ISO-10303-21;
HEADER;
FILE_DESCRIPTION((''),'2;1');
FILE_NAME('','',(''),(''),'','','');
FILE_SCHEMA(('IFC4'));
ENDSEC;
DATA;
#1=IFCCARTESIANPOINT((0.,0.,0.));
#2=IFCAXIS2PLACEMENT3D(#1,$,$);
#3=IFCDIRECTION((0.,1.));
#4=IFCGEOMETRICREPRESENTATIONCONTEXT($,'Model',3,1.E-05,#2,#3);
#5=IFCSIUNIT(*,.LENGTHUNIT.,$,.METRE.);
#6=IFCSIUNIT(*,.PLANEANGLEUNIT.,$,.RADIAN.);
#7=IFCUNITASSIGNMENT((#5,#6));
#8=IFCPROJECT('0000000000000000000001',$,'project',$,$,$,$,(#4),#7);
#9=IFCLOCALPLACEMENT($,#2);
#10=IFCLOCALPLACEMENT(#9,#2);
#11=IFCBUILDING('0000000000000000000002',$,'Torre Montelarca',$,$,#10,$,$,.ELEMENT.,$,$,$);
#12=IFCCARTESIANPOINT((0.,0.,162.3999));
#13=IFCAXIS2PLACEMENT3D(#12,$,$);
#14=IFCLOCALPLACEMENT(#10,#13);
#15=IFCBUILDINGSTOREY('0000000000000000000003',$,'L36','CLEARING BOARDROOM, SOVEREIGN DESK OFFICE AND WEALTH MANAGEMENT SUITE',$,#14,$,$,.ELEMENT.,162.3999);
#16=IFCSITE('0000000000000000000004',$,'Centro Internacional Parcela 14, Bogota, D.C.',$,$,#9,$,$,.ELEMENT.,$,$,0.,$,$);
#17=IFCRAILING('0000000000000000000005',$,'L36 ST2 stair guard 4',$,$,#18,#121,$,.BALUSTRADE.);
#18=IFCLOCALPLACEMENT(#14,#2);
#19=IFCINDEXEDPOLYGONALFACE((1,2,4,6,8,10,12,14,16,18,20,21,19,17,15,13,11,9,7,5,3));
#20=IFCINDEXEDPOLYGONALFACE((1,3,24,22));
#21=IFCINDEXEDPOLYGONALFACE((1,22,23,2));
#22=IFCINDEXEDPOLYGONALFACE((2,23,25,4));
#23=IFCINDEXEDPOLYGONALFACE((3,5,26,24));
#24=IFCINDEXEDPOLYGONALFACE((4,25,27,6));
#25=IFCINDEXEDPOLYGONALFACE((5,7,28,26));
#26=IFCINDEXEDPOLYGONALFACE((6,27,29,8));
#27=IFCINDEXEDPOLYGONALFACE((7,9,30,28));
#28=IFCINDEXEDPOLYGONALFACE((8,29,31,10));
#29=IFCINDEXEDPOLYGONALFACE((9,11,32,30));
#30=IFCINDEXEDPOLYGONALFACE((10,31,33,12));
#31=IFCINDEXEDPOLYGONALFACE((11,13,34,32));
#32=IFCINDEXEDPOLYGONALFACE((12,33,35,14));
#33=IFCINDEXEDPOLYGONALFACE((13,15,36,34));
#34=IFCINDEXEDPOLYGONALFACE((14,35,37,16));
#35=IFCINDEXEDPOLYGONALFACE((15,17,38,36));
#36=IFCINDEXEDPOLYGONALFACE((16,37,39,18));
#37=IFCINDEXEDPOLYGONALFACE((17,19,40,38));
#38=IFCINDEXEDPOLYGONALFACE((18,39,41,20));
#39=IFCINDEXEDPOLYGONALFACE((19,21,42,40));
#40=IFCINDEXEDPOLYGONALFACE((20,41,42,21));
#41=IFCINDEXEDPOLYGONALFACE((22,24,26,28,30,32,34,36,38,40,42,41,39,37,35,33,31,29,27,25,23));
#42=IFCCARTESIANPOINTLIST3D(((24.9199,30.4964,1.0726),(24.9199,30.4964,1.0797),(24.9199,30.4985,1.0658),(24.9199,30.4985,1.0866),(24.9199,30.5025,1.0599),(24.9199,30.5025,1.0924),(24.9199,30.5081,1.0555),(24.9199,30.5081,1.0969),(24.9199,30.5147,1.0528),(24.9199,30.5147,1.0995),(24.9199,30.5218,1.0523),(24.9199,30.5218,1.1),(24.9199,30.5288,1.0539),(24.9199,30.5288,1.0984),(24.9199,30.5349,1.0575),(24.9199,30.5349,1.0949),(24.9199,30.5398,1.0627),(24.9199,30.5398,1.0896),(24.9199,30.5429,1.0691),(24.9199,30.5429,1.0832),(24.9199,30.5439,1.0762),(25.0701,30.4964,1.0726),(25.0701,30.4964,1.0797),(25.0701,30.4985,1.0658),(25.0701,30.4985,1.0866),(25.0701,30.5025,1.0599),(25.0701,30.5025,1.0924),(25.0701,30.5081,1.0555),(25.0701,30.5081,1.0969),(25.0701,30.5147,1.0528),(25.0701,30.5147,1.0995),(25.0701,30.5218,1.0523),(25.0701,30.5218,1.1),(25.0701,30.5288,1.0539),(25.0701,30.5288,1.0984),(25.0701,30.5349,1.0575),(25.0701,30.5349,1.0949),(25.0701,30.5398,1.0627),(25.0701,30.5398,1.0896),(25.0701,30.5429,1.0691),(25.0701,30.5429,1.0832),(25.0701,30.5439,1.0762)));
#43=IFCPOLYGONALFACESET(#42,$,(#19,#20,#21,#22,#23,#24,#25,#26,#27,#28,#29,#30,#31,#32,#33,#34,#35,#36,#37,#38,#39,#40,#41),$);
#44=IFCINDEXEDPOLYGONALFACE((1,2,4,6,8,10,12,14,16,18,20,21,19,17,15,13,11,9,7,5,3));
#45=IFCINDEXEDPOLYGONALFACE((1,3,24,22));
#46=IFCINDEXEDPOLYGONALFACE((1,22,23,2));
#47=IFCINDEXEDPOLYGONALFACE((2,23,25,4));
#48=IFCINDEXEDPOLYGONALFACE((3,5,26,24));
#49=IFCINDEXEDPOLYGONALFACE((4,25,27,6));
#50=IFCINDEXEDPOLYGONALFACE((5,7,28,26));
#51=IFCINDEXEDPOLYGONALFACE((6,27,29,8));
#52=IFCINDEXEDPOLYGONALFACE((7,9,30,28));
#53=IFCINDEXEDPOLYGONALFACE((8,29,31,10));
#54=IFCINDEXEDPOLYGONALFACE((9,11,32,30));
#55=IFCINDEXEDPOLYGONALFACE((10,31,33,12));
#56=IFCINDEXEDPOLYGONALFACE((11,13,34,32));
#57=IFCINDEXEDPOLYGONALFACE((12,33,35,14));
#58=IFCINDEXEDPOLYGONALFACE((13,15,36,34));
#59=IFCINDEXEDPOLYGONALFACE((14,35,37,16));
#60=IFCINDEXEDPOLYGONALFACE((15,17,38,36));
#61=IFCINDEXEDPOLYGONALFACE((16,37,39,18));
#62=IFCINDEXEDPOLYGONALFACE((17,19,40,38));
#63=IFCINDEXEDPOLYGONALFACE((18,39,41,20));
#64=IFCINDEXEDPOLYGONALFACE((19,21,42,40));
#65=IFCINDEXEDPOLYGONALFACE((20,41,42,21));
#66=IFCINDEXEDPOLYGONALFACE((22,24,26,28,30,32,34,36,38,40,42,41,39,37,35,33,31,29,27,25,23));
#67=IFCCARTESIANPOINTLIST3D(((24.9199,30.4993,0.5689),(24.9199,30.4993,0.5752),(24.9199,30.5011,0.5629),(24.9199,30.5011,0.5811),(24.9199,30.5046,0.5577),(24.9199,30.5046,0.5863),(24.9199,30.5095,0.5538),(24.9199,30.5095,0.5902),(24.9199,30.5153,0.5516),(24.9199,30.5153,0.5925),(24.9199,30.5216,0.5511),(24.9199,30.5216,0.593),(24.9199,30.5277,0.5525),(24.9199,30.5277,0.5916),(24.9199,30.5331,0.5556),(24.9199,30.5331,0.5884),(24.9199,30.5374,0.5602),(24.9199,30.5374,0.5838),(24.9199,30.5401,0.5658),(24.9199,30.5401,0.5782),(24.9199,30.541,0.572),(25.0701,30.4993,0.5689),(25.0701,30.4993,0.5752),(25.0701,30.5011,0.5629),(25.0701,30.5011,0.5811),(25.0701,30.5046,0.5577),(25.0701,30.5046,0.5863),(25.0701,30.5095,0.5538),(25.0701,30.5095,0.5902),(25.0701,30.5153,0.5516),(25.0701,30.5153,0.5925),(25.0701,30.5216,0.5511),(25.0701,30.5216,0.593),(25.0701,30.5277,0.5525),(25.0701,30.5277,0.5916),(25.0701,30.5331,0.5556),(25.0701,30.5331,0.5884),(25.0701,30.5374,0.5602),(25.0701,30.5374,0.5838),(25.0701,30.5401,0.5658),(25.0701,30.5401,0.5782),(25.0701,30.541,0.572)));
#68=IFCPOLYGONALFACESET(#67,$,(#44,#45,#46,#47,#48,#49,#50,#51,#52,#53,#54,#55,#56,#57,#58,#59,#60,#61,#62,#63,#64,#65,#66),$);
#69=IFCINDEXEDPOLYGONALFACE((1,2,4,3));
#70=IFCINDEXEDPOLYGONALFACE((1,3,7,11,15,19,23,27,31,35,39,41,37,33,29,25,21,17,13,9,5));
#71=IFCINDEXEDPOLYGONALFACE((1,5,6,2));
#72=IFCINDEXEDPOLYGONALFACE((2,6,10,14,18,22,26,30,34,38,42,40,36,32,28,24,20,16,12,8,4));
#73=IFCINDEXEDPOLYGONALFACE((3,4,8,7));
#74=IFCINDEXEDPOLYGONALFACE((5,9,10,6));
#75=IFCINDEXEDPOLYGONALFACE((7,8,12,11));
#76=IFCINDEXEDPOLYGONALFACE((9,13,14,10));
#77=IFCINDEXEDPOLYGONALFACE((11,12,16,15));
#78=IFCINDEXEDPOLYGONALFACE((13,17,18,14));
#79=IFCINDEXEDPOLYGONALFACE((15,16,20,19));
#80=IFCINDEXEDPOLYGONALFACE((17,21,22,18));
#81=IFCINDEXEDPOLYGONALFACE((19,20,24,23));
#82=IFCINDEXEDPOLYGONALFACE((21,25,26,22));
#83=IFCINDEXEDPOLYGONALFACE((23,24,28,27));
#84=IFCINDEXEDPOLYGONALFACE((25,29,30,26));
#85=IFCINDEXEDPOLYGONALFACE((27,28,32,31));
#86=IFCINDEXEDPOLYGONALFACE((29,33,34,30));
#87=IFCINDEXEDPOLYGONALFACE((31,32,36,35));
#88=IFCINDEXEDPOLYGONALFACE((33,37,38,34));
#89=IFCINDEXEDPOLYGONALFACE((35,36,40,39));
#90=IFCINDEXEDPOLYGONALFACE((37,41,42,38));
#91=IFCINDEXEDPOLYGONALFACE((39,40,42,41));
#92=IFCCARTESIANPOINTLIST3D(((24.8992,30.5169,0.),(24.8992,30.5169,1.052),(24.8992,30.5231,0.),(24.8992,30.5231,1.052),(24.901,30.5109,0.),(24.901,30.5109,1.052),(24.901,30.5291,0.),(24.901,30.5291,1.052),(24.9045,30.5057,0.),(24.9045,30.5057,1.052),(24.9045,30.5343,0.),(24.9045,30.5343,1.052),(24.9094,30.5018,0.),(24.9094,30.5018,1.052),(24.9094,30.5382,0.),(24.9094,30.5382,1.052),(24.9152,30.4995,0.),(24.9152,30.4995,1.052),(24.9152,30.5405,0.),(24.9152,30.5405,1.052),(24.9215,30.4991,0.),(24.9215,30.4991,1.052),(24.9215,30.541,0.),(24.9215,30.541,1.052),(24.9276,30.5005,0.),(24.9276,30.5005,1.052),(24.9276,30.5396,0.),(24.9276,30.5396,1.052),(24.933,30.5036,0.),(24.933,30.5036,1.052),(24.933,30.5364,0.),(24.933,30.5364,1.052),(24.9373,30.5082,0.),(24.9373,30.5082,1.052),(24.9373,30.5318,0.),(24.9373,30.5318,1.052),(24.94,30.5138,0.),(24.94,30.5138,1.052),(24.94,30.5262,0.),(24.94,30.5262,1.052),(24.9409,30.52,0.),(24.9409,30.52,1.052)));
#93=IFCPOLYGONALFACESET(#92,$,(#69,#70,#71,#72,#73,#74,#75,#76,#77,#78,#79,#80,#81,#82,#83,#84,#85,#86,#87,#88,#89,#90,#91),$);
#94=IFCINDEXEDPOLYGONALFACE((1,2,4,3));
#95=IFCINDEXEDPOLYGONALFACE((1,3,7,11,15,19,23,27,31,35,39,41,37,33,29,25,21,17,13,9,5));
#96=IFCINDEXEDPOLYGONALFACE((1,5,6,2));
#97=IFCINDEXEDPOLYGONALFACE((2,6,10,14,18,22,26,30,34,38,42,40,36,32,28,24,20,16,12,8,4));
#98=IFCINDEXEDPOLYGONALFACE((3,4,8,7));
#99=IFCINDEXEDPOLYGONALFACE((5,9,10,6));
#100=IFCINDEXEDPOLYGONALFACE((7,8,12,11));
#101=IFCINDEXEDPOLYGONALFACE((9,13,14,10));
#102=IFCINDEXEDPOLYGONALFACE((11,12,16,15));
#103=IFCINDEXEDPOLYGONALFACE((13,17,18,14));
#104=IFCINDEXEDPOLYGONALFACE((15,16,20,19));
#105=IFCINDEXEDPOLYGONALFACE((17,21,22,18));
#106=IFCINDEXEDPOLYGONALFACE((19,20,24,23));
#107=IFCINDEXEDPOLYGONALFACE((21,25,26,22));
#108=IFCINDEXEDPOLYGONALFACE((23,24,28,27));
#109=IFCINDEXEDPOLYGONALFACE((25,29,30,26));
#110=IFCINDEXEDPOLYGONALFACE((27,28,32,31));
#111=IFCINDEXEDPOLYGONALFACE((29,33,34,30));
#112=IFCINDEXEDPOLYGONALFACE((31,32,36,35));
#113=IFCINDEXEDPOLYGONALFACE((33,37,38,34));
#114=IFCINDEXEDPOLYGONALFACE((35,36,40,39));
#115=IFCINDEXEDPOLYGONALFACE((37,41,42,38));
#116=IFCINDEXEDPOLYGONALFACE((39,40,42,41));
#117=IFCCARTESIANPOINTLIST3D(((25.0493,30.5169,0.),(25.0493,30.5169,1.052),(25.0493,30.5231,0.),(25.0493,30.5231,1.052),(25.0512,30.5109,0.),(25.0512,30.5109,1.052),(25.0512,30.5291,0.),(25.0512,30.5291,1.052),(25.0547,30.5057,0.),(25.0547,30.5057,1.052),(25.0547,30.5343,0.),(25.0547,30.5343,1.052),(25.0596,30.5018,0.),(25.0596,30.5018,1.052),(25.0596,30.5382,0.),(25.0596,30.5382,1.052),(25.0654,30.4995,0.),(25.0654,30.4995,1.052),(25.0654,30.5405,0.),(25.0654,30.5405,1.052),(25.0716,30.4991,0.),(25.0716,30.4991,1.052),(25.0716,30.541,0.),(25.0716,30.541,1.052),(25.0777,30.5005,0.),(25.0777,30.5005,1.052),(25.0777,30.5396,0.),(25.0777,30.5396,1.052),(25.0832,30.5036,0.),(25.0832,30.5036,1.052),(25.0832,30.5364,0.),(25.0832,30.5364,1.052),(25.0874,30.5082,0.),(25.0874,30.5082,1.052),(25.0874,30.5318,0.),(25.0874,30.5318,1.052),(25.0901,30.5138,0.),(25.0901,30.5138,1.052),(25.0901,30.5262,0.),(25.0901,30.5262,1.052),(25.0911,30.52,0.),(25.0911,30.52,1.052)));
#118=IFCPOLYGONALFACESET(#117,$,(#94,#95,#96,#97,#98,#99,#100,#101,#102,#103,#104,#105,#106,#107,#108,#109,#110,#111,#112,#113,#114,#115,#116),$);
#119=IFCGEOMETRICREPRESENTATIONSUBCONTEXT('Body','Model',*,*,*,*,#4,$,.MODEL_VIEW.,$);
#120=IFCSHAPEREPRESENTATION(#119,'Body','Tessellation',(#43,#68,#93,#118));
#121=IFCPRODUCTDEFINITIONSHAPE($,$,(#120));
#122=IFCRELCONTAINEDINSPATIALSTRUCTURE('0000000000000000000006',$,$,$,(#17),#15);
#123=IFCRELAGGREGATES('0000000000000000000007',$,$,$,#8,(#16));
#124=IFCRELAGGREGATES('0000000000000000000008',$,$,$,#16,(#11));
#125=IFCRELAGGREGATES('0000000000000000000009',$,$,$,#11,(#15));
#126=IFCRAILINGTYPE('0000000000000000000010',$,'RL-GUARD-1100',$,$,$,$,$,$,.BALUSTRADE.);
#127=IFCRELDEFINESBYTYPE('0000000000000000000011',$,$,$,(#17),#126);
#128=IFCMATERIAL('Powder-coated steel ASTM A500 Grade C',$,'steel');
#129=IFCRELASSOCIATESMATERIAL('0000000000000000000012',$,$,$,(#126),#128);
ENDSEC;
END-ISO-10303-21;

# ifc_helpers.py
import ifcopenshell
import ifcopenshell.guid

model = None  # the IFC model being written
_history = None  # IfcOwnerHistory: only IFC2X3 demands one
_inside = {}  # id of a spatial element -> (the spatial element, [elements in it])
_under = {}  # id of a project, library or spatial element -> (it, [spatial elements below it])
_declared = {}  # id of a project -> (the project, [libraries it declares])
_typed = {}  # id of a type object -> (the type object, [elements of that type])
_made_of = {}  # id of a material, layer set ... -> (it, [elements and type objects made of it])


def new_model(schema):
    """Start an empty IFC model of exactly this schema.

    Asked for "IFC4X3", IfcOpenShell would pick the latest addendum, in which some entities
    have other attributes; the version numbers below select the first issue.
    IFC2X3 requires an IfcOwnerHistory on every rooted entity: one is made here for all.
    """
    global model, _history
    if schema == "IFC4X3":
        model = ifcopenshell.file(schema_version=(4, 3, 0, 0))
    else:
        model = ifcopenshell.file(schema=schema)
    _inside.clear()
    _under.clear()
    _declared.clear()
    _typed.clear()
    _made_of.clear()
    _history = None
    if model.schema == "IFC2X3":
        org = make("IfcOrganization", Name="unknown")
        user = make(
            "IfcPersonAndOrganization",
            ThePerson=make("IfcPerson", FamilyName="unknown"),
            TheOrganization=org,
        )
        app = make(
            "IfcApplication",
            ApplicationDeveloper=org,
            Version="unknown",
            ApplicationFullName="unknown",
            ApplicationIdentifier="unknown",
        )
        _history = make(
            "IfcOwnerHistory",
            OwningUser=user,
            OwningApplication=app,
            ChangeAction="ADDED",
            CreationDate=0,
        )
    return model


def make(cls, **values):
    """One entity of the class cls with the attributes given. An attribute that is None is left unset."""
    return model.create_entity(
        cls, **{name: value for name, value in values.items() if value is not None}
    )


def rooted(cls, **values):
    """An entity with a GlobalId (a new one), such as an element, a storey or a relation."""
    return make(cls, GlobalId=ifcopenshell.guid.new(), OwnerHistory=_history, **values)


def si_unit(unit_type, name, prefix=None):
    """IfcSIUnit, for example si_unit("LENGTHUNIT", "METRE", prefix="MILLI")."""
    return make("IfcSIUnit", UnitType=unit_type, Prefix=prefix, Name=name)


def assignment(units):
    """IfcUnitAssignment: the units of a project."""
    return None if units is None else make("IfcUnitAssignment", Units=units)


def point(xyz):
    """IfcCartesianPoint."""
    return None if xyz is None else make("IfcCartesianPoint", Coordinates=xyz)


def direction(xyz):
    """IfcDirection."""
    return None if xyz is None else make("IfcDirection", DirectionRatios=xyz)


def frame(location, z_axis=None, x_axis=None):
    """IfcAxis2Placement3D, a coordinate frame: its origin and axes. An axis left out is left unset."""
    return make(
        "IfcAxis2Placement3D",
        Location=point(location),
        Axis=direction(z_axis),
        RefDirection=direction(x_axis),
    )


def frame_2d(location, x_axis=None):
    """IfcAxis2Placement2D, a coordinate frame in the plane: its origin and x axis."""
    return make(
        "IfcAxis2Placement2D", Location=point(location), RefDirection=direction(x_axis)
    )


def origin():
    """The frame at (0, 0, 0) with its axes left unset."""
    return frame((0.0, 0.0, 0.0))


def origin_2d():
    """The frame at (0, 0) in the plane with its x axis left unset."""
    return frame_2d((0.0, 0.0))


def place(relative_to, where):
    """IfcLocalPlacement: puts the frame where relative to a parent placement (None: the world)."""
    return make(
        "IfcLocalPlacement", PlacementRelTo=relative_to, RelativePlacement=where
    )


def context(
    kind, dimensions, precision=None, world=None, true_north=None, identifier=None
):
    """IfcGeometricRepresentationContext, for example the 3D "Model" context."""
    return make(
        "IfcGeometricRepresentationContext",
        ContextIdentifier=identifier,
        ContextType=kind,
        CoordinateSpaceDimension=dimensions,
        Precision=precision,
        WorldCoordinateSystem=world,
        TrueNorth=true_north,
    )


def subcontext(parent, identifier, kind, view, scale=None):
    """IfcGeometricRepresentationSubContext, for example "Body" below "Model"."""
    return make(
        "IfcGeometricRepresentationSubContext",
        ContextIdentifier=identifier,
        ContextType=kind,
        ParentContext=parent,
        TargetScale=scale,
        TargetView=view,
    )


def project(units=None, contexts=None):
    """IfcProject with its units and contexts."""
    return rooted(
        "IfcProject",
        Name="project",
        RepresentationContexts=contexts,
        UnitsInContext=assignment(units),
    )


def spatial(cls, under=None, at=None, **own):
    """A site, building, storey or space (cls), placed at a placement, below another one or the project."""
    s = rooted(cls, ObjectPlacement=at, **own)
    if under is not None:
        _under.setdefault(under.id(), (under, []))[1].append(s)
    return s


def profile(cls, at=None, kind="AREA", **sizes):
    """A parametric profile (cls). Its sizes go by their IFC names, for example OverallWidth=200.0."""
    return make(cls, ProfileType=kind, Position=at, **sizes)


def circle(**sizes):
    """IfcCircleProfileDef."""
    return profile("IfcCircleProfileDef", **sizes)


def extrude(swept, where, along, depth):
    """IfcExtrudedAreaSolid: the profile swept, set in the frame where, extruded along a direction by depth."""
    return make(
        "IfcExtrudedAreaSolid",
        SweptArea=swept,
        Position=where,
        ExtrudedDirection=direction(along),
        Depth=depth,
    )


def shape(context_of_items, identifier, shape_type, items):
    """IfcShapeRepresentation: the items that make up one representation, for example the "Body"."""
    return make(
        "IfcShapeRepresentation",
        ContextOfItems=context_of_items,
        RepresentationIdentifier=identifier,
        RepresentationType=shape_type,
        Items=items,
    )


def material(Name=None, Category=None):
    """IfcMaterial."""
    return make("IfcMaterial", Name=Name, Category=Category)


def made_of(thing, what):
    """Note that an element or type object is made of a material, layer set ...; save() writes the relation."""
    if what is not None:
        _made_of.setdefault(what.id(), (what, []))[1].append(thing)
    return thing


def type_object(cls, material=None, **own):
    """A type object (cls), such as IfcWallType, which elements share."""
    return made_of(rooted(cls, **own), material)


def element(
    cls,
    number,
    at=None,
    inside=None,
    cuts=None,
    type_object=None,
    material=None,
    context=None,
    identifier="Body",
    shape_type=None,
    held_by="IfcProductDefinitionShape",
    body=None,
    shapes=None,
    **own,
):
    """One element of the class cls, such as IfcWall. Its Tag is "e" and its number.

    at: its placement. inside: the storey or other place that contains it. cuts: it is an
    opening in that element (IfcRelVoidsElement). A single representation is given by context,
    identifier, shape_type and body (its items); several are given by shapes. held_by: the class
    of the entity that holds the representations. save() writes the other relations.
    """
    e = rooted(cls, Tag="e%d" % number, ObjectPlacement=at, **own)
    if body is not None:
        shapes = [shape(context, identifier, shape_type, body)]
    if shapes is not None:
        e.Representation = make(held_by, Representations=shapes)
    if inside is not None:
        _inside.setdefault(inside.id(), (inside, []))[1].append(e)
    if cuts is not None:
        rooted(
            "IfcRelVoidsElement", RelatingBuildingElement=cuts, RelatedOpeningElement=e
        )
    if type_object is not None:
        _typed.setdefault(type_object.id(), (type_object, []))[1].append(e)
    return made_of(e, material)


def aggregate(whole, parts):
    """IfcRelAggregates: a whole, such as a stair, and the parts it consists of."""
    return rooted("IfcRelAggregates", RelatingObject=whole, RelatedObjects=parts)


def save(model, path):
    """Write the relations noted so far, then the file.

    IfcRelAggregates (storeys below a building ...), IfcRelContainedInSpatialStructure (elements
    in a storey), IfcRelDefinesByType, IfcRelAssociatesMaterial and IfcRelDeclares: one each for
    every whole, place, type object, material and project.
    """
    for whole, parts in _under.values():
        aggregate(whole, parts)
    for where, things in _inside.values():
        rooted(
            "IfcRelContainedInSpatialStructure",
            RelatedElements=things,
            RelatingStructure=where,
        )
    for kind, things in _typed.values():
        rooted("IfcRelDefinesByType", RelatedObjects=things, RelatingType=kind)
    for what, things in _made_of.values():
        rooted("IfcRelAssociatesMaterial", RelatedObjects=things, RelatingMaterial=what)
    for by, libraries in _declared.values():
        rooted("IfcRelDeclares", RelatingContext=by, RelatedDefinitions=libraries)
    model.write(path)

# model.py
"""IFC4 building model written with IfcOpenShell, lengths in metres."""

from ifc_helpers import new_model, si_unit, direction, frame, origin, origin_2d, place, context, subcontext, project, spatial, circle, extrude, material, type_object, element, save


model = new_model("IFC4")

# Units and contexts
model_context = context("Model", 3, precision=1e-05, world=origin(), true_north=direction((0.0, 1.0)))
body_context = subcontext(model_context, "Body", "Model", "MODEL_VIEW")
ifc_project = project(units=[si_unit("LENGTHUNIT", "METRE"), si_unit("PLANEANGLEUNIT", "RADIAN")], contexts=[model_context])

# Site, building, storey
site_placement = place(None, origin())
site = spatial("IfcSite", under=ifc_project, at=site_placement, Name="Centro Internacional Parcela 14, Bogota, D.C.", CompositionType="ELEMENT", RefElevation=0.0)
building_placement = place(site_placement, origin())
building = spatial("IfcBuilding", under=site, at=building_placement, Name="Torre Montelarca", CompositionType="ELEMENT")
storey_placement = place(building_placement, frame((0.0, 0.0, 162.3999)))
storey = spatial("IfcBuildingStorey", under=building, at=storey_placement, Name="L36", Description="CLEARING BOARDROOM, SOVEREIGN DESK OFFICE AND WEALTH MANAGEMENT SUITE", CompositionType="ELEMENT", Elevation=162.3999)

# Railing
ifc_material_1 = material(Name="Powder-coated steel ASTM A500 Grade C", Category="steel")
railing_type_1 = type_object("IfcRailingType", Name="RL-GUARD-1100", PredefinedType="BALUSTRADE", material=ifc_material_1)
railing_1_placement = place(storey_placement, frame((24.9199, 30.52, 0.0)))
element("IfcRailing", 1, at=railing_1_placement, inside=storey, type_object=railing_type_1, Name="L36 ST2 stair guard 4", PredefinedType="BALUSTRADE", context=body_context, shape_type="SweptSolid", body=[
    extrude(circle(Radius=0.0239, at=origin_2d()), frame((0.0, 0.0, 1.0762), z_axis=(1.0, 0.0, 0.0), x_axis=(0.0, 1.0, 0.0)), (0.0, 0.0, 1.0), 0.1501),
    extrude(circle(Radius=0.021, at=origin_2d()), frame((0.0, 0.0, 0.572), z_axis=(1.0, 0.0, 0.0), x_axis=(0.0, 1.0, 0.0)), (0.0, 0.0, 1.0), 0.1501),
    extrude(circle(Radius=0.021, at=origin_2d()), origin(), (0.0, 0.0, 1.0), 1.052),
    extrude(circle(Radius=0.021, at=origin_2d()), frame((0.1501, 0.0, 0.0)), (0.0, 0.0, 1.0), 1.052),
])

save(model, "model.ifc")
